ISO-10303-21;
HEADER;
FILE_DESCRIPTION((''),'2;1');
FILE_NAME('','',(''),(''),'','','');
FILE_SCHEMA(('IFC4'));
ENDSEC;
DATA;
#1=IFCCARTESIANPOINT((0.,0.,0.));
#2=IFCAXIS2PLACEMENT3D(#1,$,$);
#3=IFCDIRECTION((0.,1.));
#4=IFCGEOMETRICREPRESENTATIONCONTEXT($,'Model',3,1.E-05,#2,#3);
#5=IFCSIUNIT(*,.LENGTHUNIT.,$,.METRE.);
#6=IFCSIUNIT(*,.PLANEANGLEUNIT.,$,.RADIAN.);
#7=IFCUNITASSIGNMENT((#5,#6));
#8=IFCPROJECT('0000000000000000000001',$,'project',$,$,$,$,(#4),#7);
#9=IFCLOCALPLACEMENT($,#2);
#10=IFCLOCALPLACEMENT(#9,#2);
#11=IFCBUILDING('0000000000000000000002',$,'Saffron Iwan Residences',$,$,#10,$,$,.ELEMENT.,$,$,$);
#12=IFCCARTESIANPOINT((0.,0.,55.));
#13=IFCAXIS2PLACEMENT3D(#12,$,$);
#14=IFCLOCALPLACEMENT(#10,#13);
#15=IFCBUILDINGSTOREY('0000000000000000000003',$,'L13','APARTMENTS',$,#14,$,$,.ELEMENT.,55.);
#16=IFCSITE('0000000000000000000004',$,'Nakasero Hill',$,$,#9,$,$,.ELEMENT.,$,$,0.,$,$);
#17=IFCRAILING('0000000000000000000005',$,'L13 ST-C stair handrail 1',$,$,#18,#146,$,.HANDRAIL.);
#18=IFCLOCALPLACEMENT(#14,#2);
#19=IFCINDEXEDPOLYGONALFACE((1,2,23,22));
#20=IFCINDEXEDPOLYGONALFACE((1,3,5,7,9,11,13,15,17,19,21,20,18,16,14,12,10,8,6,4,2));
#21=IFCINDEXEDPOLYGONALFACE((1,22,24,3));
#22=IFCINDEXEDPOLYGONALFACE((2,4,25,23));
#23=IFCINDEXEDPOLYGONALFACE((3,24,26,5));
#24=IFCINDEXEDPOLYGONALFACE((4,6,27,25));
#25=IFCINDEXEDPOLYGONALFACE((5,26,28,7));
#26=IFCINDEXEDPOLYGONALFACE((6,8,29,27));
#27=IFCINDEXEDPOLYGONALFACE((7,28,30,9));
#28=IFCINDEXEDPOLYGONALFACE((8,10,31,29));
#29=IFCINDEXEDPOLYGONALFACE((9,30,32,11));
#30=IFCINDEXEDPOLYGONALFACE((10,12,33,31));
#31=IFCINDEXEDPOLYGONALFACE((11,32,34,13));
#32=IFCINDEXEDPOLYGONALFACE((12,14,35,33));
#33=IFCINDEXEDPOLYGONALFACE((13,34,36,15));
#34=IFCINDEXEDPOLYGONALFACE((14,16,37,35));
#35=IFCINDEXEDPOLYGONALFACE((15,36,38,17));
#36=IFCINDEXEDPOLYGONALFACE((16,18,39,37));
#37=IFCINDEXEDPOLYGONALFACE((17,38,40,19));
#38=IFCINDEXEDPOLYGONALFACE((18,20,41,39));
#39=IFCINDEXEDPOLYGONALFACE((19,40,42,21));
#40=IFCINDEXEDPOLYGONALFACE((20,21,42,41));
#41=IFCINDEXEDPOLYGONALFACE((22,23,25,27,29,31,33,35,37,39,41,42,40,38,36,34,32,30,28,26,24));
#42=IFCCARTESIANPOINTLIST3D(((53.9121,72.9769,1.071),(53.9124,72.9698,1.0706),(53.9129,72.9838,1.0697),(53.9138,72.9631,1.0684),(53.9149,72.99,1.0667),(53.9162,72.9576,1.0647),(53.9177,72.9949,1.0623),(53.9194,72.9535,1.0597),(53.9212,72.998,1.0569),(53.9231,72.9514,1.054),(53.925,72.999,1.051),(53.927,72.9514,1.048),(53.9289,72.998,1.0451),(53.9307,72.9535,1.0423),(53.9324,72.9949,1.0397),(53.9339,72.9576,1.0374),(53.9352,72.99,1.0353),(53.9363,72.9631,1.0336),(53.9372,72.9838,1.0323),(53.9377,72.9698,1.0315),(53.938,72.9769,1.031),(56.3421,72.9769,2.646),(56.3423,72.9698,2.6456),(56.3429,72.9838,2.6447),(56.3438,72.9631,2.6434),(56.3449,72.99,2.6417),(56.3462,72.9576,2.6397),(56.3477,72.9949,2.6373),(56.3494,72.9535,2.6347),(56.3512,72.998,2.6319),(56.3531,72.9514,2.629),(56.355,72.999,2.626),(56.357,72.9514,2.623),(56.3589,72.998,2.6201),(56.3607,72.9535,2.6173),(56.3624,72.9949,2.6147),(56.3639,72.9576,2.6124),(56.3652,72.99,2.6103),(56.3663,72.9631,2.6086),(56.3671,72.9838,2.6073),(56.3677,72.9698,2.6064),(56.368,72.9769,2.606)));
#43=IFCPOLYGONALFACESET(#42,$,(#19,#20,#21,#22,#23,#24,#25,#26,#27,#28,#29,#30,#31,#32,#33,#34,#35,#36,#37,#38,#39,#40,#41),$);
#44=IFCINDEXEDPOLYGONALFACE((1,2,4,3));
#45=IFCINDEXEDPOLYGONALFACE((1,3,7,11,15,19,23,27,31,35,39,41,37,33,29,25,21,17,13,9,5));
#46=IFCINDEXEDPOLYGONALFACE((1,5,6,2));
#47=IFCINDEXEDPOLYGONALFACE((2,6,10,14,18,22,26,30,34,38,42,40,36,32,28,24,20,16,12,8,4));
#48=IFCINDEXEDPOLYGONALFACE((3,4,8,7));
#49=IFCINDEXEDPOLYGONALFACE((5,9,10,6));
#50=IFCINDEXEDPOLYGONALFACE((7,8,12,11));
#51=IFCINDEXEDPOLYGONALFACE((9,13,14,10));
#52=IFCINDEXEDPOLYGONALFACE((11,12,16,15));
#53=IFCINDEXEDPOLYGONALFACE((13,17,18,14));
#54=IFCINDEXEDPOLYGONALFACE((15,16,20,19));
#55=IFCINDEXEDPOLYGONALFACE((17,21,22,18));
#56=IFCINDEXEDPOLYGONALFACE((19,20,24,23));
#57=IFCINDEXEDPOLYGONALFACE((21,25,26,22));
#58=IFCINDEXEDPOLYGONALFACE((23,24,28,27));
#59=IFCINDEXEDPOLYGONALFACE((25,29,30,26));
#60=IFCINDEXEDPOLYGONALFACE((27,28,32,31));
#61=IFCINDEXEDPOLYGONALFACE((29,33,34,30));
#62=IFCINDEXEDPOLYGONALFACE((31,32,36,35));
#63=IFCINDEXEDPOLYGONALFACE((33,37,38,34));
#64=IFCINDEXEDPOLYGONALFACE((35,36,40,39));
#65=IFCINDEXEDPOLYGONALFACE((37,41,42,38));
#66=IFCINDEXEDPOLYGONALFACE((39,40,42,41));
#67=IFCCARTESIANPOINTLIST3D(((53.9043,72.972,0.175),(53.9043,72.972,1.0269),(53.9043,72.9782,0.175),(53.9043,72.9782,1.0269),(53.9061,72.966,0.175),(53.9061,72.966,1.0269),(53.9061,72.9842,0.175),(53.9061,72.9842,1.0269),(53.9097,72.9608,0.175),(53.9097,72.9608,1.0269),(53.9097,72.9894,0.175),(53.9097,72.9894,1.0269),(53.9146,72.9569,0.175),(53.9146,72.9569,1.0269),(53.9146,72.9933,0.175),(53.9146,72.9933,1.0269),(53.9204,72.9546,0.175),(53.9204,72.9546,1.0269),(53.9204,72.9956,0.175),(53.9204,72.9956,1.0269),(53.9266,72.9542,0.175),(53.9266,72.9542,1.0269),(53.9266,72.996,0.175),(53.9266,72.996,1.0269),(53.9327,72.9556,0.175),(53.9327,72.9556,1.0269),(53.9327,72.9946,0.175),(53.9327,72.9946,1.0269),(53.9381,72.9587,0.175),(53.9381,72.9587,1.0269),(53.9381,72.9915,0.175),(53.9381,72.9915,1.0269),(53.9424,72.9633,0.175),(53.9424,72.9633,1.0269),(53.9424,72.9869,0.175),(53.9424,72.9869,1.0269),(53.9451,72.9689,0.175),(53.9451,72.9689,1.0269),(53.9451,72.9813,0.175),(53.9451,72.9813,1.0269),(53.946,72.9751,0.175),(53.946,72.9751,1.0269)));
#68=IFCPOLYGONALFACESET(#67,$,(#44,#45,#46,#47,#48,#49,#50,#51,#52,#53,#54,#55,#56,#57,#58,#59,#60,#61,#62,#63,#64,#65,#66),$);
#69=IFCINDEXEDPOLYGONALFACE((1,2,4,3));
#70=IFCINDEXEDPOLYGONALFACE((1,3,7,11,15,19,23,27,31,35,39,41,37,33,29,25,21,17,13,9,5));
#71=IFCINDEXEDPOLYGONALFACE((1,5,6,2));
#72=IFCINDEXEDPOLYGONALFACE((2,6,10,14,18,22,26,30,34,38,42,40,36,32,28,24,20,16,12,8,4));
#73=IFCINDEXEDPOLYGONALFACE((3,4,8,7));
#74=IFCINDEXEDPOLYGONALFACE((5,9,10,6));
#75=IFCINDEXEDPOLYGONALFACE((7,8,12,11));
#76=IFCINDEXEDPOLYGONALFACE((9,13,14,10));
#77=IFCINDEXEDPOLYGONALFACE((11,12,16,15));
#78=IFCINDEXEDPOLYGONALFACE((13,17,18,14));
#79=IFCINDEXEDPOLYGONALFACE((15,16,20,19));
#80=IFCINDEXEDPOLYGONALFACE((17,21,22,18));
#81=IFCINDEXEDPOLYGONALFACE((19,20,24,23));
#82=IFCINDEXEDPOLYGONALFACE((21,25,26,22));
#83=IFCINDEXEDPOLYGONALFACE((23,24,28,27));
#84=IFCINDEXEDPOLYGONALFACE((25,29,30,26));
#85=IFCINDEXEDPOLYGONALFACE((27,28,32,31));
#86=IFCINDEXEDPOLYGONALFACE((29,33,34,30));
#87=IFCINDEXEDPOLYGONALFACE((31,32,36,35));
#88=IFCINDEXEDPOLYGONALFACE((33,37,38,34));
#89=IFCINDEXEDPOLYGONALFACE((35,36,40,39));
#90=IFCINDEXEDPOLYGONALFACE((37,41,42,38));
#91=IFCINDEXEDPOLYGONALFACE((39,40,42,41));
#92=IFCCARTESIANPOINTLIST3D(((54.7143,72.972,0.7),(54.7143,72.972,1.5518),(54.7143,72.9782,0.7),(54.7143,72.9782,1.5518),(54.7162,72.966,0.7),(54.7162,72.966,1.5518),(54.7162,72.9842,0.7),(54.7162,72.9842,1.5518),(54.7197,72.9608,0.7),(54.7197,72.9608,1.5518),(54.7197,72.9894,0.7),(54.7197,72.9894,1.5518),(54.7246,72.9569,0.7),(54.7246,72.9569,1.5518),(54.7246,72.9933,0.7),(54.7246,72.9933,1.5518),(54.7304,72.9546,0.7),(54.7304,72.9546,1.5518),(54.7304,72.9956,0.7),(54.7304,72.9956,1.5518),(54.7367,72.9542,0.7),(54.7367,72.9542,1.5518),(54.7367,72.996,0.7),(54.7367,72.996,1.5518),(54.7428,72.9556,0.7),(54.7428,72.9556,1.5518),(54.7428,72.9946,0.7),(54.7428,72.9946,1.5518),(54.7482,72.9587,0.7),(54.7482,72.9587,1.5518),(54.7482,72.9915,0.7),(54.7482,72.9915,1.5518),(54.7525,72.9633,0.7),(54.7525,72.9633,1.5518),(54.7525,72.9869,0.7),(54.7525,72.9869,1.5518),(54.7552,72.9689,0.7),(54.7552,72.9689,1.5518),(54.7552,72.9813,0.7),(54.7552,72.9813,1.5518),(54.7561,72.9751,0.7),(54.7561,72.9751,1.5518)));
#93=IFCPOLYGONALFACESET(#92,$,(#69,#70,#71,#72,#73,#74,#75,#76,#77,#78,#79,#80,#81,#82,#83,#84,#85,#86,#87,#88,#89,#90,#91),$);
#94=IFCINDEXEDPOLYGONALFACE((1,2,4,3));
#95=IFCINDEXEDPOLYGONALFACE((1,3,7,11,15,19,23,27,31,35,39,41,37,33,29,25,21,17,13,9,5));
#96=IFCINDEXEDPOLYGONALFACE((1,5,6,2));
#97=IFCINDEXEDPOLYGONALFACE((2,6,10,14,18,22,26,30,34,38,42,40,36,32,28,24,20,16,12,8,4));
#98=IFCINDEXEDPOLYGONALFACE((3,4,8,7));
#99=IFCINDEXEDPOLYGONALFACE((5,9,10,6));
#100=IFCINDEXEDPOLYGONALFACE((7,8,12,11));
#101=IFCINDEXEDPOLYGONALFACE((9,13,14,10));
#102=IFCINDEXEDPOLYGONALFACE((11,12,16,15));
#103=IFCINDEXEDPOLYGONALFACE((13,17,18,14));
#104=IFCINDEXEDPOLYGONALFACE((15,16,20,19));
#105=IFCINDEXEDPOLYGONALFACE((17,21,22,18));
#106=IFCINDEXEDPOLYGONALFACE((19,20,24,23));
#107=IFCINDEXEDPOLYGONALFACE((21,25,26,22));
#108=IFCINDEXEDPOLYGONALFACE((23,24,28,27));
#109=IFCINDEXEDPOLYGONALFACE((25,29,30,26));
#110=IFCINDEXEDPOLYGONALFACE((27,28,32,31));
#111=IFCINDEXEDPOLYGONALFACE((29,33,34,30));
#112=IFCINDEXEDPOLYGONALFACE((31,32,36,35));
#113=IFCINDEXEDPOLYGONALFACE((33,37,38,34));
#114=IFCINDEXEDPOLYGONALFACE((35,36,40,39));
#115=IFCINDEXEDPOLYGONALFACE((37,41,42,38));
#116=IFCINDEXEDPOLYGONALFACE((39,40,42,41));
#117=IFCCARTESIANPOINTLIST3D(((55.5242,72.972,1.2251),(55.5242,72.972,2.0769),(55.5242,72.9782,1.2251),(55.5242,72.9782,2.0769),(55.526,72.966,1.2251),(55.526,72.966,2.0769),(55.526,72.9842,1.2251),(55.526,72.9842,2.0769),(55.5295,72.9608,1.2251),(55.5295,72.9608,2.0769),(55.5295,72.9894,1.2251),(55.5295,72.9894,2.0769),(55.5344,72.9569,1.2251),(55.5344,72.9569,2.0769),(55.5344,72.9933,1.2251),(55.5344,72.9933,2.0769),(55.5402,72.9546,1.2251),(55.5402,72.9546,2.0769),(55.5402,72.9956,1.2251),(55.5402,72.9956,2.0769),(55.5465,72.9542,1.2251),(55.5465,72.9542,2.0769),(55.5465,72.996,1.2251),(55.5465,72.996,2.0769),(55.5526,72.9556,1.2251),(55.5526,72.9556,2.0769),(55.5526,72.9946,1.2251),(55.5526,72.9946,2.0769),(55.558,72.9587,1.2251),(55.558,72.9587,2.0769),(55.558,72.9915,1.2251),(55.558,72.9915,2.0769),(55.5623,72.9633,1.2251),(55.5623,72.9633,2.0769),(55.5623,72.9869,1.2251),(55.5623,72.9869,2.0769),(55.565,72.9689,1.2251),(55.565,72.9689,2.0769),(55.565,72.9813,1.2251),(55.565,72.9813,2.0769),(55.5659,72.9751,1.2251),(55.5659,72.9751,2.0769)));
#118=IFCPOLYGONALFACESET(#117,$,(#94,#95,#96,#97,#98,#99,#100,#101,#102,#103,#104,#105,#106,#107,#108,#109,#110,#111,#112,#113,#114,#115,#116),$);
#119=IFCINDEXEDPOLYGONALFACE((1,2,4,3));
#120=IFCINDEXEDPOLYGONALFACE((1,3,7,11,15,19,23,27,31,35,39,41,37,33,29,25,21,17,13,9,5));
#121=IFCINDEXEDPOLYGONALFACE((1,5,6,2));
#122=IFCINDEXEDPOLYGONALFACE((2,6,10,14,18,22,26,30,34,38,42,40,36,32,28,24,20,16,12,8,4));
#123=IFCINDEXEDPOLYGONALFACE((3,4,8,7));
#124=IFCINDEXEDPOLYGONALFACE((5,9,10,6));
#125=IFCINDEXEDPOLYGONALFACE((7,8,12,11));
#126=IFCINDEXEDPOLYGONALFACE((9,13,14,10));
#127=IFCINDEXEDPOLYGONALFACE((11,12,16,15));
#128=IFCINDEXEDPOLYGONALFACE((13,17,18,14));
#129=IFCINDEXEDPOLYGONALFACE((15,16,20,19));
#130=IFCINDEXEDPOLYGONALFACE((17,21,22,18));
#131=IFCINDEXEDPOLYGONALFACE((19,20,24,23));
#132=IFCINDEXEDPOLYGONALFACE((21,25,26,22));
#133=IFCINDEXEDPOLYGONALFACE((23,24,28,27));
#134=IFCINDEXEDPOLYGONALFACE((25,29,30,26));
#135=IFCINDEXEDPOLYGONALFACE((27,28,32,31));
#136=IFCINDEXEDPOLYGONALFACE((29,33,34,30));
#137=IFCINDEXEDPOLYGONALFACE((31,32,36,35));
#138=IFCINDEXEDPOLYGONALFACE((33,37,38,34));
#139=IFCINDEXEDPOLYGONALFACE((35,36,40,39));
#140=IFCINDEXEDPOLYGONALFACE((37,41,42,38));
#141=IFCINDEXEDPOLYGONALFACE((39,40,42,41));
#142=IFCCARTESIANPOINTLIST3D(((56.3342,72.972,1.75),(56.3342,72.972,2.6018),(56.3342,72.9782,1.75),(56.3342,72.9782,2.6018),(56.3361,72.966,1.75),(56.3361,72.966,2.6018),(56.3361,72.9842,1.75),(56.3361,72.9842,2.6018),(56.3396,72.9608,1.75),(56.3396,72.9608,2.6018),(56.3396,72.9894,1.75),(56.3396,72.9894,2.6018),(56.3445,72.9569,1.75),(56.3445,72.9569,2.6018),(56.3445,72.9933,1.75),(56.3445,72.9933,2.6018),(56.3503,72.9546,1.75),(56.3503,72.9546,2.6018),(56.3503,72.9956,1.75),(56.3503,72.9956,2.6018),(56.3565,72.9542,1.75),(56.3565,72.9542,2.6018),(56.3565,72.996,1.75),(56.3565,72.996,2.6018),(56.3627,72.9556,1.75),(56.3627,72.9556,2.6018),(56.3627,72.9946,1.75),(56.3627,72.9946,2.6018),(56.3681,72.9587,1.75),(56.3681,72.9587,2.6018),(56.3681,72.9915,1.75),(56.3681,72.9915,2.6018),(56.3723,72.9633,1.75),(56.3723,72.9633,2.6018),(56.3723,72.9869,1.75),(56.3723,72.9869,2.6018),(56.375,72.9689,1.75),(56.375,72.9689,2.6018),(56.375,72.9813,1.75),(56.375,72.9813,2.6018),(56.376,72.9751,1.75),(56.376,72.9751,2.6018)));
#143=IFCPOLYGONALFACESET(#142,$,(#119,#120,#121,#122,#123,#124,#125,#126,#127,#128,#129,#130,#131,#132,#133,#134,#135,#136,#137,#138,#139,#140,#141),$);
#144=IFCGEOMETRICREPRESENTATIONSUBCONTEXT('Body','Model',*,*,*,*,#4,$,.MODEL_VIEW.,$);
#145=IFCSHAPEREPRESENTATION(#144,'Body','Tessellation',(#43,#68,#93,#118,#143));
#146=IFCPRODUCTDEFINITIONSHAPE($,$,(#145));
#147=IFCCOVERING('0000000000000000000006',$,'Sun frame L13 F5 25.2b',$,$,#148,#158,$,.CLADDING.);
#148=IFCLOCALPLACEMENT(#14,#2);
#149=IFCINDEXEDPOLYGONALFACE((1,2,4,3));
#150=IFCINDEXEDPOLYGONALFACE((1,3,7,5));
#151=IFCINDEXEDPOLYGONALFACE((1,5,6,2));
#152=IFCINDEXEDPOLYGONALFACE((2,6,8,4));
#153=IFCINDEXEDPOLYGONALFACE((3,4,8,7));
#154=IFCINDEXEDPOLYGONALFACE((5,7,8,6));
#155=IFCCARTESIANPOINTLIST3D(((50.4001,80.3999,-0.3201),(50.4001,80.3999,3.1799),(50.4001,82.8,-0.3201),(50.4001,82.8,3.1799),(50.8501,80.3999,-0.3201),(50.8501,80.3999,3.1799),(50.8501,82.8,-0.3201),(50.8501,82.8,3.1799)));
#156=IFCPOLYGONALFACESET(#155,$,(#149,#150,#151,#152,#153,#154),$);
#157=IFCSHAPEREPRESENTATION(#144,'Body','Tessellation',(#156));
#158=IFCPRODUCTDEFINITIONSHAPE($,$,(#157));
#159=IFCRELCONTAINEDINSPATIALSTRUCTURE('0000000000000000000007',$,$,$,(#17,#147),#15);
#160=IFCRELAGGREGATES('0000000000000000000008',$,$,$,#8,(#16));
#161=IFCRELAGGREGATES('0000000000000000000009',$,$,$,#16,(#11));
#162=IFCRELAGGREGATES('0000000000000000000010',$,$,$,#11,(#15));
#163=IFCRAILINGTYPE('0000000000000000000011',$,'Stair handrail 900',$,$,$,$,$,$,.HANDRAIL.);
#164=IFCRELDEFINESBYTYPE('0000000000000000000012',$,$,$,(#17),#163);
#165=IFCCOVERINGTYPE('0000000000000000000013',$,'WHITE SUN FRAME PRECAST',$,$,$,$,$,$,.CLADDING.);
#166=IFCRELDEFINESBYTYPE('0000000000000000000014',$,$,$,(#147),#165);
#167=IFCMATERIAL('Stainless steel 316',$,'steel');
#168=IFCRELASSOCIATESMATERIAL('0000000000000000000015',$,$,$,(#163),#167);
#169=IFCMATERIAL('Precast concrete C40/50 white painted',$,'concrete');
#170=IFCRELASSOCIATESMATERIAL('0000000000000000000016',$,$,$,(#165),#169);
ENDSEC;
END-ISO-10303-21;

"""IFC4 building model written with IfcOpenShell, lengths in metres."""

from ifc_helpers import new_model, si_unit, direction, frame, origin, origin_2d, place, context, subcontext, project, spatial, polyline, circle, outline, extrude, material, type_object, element, save


model = new_model("IFC4")

# Units and contexts
model_context = context("Model", 3, precision=1e-05, world=origin(), true_north=direction((0.0, 1.0)))
body_context = subcontext(model_context, "Body", "Model", "MODEL_VIEW")
ifc_project = project(units=[si_unit("LENGTHUNIT", "METRE"), si_unit("PLANEANGLEUNIT", "RADIAN")], contexts=[model_context])

# Site, building, storey
site_placement = place(None, origin())
site = spatial("IfcSite", under=ifc_project, at=site_placement, Name="Nakasero Hill", CompositionType="ELEMENT", RefElevation=0.0)
building_placement = place(site_placement, origin())
building = spatial("IfcBuilding", under=site, at=building_placement, Name="Saffron Iwan Residences", CompositionType="ELEMENT")
storey_placement = place(building_placement, frame((0.0, 0.0, 55.0)))
storey = spatial("IfcBuildingStorey", under=building, at=storey_placement, Name="L13", Description="APARTMENTS", CompositionType="ELEMENT", Elevation=55.0)

# Railing
ifc_material_1 = material(Name="Stainless steel 316", Category="steel")
railing_type_1 = type_object("IfcRailingType", Name="Stair handrail 900", PredefinedType="HANDRAIL", material=ifc_material_1)
railing_1_placement = place(storey_placement, frame((53.925, 72.9751, 0.175)))
element("IfcRailing", 1, at=railing_1_placement, inside=storey, type_object=railing_type_1, Name="L13 ST-C stair handrail 1", PredefinedType="HANDRAIL", context=body_context, shape_type="SweptSolid", body=[
    extrude(circle(Radius=0.0239, at=origin_2d()), frame((0.0, 0.0, 0.876), z_axis=(0.839154, 0.0, 0.543894), x_axis=(0.0, 1.0, 0.0)), (0.0, 0.0, 1.0), 2.8958),
    extrude(circle(Radius=0.021, at=origin_2d()), origin(), (0.0, 0.0, 1.0), 0.8518),
    extrude(circle(Radius=0.021, at=origin_2d()), frame((0.8101, 0.0, 0.5249)), (0.0, 0.0, 1.0), 0.8518),
    extrude(circle(Radius=0.021, at=origin_2d()), frame((1.6199, 0.0, 1.05)), (0.0, 0.0, 1.0), 0.8518),
    extrude(circle(Radius=0.021, at=origin_2d()), frame((2.4299, 0.0, 1.575)), (0.0, 0.0, 1.0), 0.8518),
])

# Covering
ifc_material_2 = material(Name="Precast concrete C40/50 white painted", Category="concrete")
covering_type_1 = type_object("IfcCoveringType", Name="WHITE SUN FRAME PRECAST", PredefinedType="CLADDING", material=ifc_material_2)
covering_1_placement = place(storey_placement, frame((50.8501, 80.3999, -0.3201), z_axis=(0.0, 1.0, 0.0), x_axis=(-1.0, 0.0, 0.0)))
element("IfcCovering", 2, at=covering_1_placement, inside=storey, type_object=covering_type_1, Name="Sun frame L13 F5 25.2b", PredefinedType="CLADDING", context=body_context, shape_type="SweptSolid", body=[
    extrude(outline(polyline([(0.0, 0.0), (0.45, 0.0), (0.45, 3.5), (0.0, 3.5), (0.0, 0.0)])), origin(), (0.0, 0.0, 1.0), 2.4001),
])

save(model, "model.ifc")
